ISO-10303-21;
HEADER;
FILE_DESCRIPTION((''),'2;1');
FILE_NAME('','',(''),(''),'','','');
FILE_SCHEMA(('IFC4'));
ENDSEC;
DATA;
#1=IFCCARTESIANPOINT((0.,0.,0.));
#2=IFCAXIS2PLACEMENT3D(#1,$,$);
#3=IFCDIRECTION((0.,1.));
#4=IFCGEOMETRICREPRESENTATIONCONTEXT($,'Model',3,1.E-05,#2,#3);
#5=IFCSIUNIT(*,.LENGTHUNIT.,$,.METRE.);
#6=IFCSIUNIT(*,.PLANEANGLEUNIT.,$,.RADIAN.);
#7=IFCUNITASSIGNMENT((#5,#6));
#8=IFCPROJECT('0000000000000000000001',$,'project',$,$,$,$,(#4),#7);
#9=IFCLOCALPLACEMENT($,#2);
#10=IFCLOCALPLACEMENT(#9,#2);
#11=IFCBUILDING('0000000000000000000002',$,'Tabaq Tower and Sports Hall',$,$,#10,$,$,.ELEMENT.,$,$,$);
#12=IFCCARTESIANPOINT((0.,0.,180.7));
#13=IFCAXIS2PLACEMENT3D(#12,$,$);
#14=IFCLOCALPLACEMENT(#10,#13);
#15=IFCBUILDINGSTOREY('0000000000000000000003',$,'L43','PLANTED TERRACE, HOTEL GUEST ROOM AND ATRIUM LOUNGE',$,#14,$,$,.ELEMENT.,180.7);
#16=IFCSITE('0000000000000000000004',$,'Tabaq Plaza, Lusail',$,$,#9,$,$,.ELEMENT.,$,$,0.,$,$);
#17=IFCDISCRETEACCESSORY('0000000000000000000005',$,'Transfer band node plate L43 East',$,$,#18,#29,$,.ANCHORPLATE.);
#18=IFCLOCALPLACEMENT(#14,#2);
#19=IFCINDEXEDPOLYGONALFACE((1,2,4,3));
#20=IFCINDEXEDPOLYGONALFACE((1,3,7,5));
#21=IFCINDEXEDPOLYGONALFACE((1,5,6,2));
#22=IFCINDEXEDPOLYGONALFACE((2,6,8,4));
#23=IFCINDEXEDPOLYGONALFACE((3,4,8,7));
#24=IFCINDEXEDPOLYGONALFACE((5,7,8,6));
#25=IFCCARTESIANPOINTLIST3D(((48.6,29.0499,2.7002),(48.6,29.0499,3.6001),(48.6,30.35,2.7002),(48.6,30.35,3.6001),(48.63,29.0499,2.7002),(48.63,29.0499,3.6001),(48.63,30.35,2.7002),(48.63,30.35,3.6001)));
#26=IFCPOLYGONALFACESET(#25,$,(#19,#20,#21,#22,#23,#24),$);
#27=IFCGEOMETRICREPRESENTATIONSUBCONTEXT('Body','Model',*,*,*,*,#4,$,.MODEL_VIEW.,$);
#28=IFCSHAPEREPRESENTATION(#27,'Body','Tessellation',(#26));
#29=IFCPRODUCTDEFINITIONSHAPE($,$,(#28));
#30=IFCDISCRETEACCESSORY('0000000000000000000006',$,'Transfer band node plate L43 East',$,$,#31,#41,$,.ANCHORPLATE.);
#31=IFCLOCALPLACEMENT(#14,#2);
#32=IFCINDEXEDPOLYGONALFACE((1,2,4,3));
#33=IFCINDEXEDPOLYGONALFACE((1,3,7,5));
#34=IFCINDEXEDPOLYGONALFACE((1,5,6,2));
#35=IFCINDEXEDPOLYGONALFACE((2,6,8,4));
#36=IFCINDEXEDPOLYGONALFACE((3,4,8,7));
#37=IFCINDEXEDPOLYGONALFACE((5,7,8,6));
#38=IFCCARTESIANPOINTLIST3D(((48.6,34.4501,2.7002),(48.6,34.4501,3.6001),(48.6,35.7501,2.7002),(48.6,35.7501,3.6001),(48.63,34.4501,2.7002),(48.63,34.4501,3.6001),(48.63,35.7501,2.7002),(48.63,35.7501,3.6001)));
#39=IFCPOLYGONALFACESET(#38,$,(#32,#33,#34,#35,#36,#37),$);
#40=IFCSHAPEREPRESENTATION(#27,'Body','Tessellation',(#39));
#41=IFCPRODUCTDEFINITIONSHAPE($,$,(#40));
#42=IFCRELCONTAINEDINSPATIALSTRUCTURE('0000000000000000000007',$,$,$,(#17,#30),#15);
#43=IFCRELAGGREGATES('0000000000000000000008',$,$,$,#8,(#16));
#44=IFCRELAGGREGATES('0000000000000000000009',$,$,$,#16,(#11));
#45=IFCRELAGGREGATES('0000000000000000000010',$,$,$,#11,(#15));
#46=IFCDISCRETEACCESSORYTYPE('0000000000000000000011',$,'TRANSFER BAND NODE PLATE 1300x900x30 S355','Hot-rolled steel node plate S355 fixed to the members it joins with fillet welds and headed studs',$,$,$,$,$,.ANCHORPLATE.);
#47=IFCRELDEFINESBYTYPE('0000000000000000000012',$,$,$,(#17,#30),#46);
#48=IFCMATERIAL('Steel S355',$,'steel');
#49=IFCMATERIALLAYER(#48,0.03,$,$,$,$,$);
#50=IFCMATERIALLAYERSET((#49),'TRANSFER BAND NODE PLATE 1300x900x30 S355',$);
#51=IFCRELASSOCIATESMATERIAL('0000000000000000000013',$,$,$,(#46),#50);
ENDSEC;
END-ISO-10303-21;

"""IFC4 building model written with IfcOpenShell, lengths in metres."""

from ifc_helpers import new_model, si_unit, direction, frame, origin, origin_2d, place, context, subcontext, project, spatial, rectangle, extrude, material, layer, layer_set, type_object, element, save


model = new_model("IFC4")

# Units and contexts
model_context = context("Model", 3, precision=1e-05, world=origin(), true_north=direction((0.0, 1.0)))
body_context = subcontext(model_context, "Body", "Model", "MODEL_VIEW")
ifc_project = project(units=[si_unit("LENGTHUNIT", "METRE"), si_unit("PLANEANGLEUNIT", "RADIAN")], contexts=[model_context])

# Site, building, storey
site_placement = place(None, origin())
site = spatial("IfcSite", under=ifc_project, at=site_placement, Name="Tabaq Plaza, Lusail", CompositionType="ELEMENT", RefElevation=0.0)
building_placement = place(site_placement, origin())
building = spatial("IfcBuilding", under=site, at=building_placement, Name="Tabaq Tower and Sports Hall", CompositionType="ELEMENT")
storey_placement = place(building_placement, frame((0.0, 0.0, 180.7)))
storey = spatial("IfcBuildingStorey", under=building, at=storey_placement, Name="L43", Description="PLANTED TERRACE, HOTEL GUEST ROOM AND ATRIUM LOUNGE", CompositionType="ELEMENT", Elevation=180.7)

# Discrete accessories
ifc_material_1 = material(Name="Steel S355", Category="steel")
ifc_layer_1 = layer(ifc_material_1, 0.03)
ifc_layer_set_1 = layer_set([ifc_layer_1], Name="TRANSFER BAND NODE PLATE 1300x900x30 S355")
discrete_accessory_type_1 = type_object("IfcDiscreteAccessoryType", Name="TRANSFER BAND NODE PLATE 1300x900x30 S355", Description="Hot-rolled steel node plate S355 fixed to the members it joins with fillet welds and headed studs", PredefinedType="ANCHORPLATE", material=ifc_layer_set_1)
for number, where, z_axis, x_axis, name in (
    (1, (48.615, 29.7, 2.7002), (0.0, 0.0, 1.0), (0.0, 1.0, 0.0), "Transfer band node plate L43 East"),
    (2, (48.615, 35.1001, 2.7002), (0.0, 0.0, 1.0), (0.0, 1.0, 0.0), "Transfer band node plate L43 East"),
):
    element("IfcDiscreteAccessory", number, at=place(storey_placement, frame(where, z_axis=z_axis, x_axis=x_axis)), inside=storey, type_object=discrete_accessory_type_1, Name=name, PredefinedType="ANCHORPLATE", context=body_context, shape_type="SweptSolid", body=[
        extrude(rectangle(XDim=1.3, YDim=0.03, at=origin_2d()), origin(), (0.0, 0.0, 1.0), 0.8999),
    ])

save(model, "model.ifc")
